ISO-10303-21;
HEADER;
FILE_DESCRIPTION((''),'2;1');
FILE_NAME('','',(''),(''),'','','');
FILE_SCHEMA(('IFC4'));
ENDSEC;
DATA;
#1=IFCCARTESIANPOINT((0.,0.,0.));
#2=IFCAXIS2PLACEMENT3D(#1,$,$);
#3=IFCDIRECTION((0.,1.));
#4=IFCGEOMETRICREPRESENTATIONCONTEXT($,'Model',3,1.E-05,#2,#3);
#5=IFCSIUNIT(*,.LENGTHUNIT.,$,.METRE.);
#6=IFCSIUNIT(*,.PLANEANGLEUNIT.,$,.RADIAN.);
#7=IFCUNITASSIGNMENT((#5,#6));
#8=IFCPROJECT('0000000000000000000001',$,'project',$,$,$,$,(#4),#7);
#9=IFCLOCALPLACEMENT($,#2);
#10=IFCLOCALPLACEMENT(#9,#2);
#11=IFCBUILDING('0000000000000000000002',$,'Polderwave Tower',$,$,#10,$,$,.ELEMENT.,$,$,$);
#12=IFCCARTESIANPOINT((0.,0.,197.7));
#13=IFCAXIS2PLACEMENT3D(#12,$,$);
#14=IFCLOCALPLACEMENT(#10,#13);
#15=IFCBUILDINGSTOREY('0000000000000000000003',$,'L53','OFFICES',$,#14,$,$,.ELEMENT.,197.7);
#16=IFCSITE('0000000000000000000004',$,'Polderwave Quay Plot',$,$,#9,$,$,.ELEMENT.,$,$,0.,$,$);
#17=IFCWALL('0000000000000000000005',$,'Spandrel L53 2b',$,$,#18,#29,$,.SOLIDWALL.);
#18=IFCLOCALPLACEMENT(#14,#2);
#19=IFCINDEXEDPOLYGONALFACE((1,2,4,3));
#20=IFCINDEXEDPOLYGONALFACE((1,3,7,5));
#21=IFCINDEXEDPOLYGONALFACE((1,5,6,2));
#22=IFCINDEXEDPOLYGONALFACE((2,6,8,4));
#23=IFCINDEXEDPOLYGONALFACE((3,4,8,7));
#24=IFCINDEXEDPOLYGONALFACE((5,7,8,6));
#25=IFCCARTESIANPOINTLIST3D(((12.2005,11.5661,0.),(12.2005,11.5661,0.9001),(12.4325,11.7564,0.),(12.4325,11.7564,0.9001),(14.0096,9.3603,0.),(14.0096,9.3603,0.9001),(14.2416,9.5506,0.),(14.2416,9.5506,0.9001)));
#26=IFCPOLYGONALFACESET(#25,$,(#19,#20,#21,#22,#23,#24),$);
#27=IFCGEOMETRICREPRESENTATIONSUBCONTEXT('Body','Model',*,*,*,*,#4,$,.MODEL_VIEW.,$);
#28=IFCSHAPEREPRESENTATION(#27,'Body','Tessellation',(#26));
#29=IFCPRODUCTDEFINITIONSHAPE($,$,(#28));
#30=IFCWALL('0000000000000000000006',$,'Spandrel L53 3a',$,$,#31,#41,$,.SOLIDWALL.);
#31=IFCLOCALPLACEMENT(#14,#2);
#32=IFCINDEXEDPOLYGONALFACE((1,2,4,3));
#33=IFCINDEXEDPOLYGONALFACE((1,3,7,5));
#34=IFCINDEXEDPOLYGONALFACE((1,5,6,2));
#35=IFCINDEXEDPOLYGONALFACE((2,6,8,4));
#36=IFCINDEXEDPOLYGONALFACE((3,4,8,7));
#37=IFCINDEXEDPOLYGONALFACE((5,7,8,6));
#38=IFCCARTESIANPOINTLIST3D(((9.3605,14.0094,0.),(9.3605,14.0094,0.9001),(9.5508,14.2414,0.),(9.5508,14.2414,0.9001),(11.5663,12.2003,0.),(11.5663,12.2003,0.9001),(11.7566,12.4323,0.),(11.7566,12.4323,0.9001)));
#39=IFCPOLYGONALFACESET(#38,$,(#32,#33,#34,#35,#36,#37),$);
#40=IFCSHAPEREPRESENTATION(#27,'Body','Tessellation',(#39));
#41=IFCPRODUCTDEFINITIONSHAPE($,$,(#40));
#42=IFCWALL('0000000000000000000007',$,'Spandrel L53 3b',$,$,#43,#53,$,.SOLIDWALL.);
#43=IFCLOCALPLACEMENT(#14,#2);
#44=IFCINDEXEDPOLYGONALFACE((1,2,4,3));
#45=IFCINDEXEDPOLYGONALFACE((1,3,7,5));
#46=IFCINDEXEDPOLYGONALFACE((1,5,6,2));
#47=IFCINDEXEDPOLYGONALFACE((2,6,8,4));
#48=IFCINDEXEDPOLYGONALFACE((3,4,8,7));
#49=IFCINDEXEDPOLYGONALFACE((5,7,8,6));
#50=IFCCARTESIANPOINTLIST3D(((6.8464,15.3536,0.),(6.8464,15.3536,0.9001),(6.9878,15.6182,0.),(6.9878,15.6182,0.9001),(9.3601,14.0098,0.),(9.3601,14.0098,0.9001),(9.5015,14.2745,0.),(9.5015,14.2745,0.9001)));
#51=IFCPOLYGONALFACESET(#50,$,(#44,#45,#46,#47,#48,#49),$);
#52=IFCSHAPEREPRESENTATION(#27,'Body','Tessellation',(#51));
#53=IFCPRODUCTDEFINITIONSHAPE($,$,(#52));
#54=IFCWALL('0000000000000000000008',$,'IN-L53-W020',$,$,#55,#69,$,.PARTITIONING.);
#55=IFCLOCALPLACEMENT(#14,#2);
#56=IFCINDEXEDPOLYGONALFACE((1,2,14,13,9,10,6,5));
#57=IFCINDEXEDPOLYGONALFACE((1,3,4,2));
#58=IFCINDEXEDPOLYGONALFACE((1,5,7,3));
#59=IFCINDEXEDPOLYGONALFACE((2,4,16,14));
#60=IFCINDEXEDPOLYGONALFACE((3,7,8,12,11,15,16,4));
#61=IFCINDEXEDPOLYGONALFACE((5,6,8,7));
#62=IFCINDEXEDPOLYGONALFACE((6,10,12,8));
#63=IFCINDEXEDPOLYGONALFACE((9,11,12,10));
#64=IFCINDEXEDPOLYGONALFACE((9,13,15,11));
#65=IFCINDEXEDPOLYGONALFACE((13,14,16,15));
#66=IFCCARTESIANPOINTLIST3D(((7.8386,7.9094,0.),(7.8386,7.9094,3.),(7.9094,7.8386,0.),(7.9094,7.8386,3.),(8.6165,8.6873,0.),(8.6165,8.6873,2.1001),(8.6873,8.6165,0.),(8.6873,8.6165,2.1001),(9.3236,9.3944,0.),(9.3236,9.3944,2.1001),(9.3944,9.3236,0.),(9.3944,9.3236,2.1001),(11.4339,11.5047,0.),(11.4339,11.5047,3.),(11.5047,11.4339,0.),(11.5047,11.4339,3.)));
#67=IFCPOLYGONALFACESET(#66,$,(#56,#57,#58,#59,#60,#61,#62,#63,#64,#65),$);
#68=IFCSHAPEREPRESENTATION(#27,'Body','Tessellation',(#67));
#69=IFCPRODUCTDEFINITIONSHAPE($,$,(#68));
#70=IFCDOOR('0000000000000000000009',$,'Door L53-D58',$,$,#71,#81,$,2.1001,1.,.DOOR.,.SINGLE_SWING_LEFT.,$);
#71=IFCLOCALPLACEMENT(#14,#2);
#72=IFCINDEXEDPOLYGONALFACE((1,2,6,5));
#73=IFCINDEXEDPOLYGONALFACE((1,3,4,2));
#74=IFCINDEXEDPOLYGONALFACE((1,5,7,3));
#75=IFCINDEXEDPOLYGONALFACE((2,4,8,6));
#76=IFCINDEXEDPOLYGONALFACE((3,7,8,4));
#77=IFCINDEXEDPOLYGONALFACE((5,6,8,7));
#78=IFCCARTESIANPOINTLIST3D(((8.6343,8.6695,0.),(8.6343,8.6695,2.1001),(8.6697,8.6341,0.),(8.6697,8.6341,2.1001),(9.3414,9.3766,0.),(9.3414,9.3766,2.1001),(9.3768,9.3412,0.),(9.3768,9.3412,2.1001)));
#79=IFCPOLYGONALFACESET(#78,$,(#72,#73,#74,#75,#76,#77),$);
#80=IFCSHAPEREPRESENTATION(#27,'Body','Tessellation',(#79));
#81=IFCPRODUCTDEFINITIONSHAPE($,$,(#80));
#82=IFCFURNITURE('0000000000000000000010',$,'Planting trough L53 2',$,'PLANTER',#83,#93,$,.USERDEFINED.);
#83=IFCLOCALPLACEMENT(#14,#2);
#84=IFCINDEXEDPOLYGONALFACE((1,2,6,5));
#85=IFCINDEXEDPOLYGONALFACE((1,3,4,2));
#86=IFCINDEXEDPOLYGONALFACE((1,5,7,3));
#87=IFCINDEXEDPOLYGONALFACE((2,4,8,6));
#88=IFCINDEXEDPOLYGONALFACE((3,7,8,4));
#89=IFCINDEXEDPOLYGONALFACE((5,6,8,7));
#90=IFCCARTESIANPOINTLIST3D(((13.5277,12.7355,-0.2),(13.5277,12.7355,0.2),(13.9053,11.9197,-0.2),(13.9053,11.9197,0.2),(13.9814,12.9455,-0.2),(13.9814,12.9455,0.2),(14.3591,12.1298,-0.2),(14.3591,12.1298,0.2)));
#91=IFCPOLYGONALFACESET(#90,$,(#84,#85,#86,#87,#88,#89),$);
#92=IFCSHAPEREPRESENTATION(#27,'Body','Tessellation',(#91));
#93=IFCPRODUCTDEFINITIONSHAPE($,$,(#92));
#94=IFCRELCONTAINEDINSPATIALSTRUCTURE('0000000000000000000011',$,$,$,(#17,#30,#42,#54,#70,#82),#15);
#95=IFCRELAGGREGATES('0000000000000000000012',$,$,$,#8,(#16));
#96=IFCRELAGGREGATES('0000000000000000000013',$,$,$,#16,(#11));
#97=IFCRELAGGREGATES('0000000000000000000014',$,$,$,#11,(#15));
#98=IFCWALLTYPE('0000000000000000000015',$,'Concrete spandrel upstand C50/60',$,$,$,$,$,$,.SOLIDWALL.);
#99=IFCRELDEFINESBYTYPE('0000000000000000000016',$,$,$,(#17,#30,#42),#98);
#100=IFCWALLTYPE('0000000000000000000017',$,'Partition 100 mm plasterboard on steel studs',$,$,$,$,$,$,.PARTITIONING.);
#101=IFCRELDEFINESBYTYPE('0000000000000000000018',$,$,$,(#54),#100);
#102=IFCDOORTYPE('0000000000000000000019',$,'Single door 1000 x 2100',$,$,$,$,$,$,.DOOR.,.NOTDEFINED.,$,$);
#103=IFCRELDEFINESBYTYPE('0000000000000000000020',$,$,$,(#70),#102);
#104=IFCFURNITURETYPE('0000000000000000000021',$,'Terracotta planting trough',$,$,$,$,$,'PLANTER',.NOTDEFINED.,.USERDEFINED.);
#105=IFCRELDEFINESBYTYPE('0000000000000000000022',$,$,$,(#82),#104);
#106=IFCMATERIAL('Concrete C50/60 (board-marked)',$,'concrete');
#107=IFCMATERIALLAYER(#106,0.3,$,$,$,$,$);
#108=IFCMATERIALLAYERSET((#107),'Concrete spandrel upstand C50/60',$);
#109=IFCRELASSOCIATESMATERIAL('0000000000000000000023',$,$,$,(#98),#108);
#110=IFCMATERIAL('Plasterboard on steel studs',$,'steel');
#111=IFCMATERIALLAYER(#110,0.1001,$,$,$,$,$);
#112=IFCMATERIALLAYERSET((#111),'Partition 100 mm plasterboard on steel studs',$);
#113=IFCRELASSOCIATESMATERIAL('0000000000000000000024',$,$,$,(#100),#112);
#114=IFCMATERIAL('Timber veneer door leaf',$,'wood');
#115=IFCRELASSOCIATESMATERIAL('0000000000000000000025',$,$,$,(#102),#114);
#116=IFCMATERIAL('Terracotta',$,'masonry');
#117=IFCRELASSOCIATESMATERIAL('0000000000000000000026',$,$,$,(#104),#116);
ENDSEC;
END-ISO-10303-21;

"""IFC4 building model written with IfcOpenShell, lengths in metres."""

from ifc_helpers import new_model, si_unit, direction, frame, frame_2d, origin, origin_2d, place, context, subcontext, project, spatial, rectangle, extrude, material, layer, layer_set, type_object, element, fill, save


model = new_model("IFC4")

# Units and contexts
model_context = context("Model", 3, precision=1e-05, world=origin(), true_north=direction((0.0, 1.0)))
body_context = subcontext(model_context, "Body", "Model", "MODEL_VIEW")
ifc_project = project(units=[si_unit("LENGTHUNIT", "METRE"), si_unit("PLANEANGLEUNIT", "RADIAN")], contexts=[model_context])

# Site, building, storey
site_placement = place(None, origin())
site = spatial("IfcSite", under=ifc_project, at=site_placement, Name="Polderwave Quay Plot", CompositionType="ELEMENT", RefElevation=0.0)
building_placement = place(site_placement, origin())
building = spatial("IfcBuilding", under=site, at=building_placement, Name="Polderwave Tower", CompositionType="ELEMENT")
storey_placement = place(building_placement, frame((0.0, 0.0, 197.7)))
storey = spatial("IfcBuildingStorey", under=building, at=storey_placement, Name="L53", Description="OFFICES", CompositionType="ELEMENT", Elevation=197.7)

# Walls
ifc_material_1 = material(Name="Concrete C50/60 (board-marked)", Category="concrete")
ifc_layer_1 = layer(ifc_material_1, 0.3)
ifc_layer_set_1 = layer_set([ifc_layer_1], Name="Concrete spandrel upstand C50/60")
wall_type_1 = type_object("IfcWallType", Name="Concrete spandrel upstand C50/60", PredefinedType="SOLIDWALL", material=ifc_layer_set_1)
for number, where, z_axis, x_axis, name in (
    (1, (14.1255, 9.4556, 0.0), (0.0, 0.0, 1.0), (-0.634146, 0.773213, 0.0), "Spandrel L53 2b"),
    (2, (11.6614, 12.3164, 0.0), (0.0, 0.0, 1.0), (-0.773213, 0.634146, 0.0), "Spandrel L53 3a"),
):
    element("IfcWall", number, at=place(storey_placement, frame(where, z_axis=z_axis, x_axis=x_axis)), inside=storey, type_object=wall_type_1, Name=name, PredefinedType="SOLIDWALL", context=body_context, shape_type="SweptSolid", body=[
        extrude(rectangle(XDim=2.8528, YDim=0.3, at=frame_2d((1.4263, 0.0))), origin(), (0.0, 0.0, 1.0), 0.9001),
    ])
wall_1_placement = place(storey_placement, frame((9.4309, 14.1421, 0.0), z_axis=(0.0, 0.0, 1.0), x_axis=(-0.881897, 0.471442, 0.0)))
element("IfcWall", 3, at=wall_1_placement, inside=storey, type_object=wall_type_1, Name="Spandrel L53 3b", PredefinedType="SOLIDWALL", context=body_context, shape_type="SweptSolid", body=[
    extrude(rectangle(XDim=2.8503, YDim=0.3, at=frame_2d((1.4253, 0.0))), origin(), (0.0, 0.0, 1.0), 0.9001),
])

# Wall, opening, door
ifc_material_2 = material(Name="Plasterboard on steel studs", Category="steel")
ifc_layer_2 = layer(ifc_material_2, 0.1001)
ifc_layer_set_2 = layer_set([ifc_layer_2], Name="Partition 100 mm plasterboard on steel studs")
wall_type_2 = type_object("IfcWallType", Name="Partition 100 mm plasterboard on steel studs", PredefinedType="PARTITIONING", material=ifc_layer_set_2)
wall_2_placement = place(storey_placement, frame((7.874, 7.874, 0.0), z_axis=(0.0, 0.0, 1.0), x_axis=(0.707107, 0.707107, 0.0)))
wall_2 = element("IfcWall", 4, at=wall_2_placement, inside=storey, type_object=wall_type_2, Name="IN-L53-W020", PredefinedType="PARTITIONING", context=body_context, shape_type="SweptSolid", body=[
    extrude(rectangle(XDim=5.0845, YDim=0.1001, at=frame_2d((2.5422, 0.0))), origin(), (0.0, 0.0, 1.0), 3.0),
])
opening_placement = place(wall_2_placement, frame((1.1001, 0.0, 0.0)))
opening = element("IfcOpeningElement", 5, at=opening_placement, cuts=wall_2, PredefinedType="OPENING", context=body_context, shape_type="SweptSolid", body=[
    extrude(rectangle(XDim=1.0, YDim=2.1001, at=frame_2d((0.5, 1.05))), frame((0.0, 0.0601, 0.0), z_axis=(0.0, -1.0, 0.0), x_axis=(1.0, 0.0, 0.0)), (0.0, 0.0, 1.0), 0.1201),
])
ifc_material_3 = material(Name="Timber veneer door leaf", Category="wood")
door_type = type_object("IfcDoorType", Name="Single door 1000 x 2100", OperationType="NOTDEFINED", PredefinedType="DOOR", material=ifc_material_3)
door_placement = place(opening_placement, origin())
door = element("IfcDoor", 6, at=door_placement, inside=storey, type_object=door_type, Name="Door L53-D58", OperationType="SINGLE_SWING_LEFT", OverallHeight=2.1001, OverallWidth=1.0, PredefinedType="DOOR", context=body_context, shape_type="SweptSolid", body=[
    extrude(rectangle(XDim=1.0, YDim=2.1001, at=frame_2d((0.5, 1.05))), frame((0.0, 0.0249, 0.0), z_axis=(0.0, -1.0, 0.0), x_axis=(1.0, 0.0, 0.0)), (0.0, 0.0, 1.0), 0.05),
])
fill(opening, door)

# Furniture
ifc_material_4 = material(Name="Terracotta", Category="masonry")
furniture_type = type_object("IfcFurnitureType", Name="Terracotta planting trough", ElementType="PLANTER", AssemblyPlace="NOTDEFINED", PredefinedType="USERDEFINED", material=ifc_material_4)
furniture_placement = place(storey_placement, frame((13.9434, 12.4326, -0.2), z_axis=(0.0, 0.0, 1.0), x_axis=(-0.420125, 0.907466, 0.0)))
element("IfcFurniture", 7, at=furniture_placement, inside=storey, type_object=furniture_type, Name="Planting trough L53 2", ObjectType="PLANTER", PredefinedType="USERDEFINED", context=body_context, shape_type="SweptSolid", body=[
    extrude(rectangle(XDim=0.8989, YDim=0.5, at=origin_2d()), origin(), (0.0, 0.0, 1.0), 0.3999),
])

save(model, "model.ifc")
